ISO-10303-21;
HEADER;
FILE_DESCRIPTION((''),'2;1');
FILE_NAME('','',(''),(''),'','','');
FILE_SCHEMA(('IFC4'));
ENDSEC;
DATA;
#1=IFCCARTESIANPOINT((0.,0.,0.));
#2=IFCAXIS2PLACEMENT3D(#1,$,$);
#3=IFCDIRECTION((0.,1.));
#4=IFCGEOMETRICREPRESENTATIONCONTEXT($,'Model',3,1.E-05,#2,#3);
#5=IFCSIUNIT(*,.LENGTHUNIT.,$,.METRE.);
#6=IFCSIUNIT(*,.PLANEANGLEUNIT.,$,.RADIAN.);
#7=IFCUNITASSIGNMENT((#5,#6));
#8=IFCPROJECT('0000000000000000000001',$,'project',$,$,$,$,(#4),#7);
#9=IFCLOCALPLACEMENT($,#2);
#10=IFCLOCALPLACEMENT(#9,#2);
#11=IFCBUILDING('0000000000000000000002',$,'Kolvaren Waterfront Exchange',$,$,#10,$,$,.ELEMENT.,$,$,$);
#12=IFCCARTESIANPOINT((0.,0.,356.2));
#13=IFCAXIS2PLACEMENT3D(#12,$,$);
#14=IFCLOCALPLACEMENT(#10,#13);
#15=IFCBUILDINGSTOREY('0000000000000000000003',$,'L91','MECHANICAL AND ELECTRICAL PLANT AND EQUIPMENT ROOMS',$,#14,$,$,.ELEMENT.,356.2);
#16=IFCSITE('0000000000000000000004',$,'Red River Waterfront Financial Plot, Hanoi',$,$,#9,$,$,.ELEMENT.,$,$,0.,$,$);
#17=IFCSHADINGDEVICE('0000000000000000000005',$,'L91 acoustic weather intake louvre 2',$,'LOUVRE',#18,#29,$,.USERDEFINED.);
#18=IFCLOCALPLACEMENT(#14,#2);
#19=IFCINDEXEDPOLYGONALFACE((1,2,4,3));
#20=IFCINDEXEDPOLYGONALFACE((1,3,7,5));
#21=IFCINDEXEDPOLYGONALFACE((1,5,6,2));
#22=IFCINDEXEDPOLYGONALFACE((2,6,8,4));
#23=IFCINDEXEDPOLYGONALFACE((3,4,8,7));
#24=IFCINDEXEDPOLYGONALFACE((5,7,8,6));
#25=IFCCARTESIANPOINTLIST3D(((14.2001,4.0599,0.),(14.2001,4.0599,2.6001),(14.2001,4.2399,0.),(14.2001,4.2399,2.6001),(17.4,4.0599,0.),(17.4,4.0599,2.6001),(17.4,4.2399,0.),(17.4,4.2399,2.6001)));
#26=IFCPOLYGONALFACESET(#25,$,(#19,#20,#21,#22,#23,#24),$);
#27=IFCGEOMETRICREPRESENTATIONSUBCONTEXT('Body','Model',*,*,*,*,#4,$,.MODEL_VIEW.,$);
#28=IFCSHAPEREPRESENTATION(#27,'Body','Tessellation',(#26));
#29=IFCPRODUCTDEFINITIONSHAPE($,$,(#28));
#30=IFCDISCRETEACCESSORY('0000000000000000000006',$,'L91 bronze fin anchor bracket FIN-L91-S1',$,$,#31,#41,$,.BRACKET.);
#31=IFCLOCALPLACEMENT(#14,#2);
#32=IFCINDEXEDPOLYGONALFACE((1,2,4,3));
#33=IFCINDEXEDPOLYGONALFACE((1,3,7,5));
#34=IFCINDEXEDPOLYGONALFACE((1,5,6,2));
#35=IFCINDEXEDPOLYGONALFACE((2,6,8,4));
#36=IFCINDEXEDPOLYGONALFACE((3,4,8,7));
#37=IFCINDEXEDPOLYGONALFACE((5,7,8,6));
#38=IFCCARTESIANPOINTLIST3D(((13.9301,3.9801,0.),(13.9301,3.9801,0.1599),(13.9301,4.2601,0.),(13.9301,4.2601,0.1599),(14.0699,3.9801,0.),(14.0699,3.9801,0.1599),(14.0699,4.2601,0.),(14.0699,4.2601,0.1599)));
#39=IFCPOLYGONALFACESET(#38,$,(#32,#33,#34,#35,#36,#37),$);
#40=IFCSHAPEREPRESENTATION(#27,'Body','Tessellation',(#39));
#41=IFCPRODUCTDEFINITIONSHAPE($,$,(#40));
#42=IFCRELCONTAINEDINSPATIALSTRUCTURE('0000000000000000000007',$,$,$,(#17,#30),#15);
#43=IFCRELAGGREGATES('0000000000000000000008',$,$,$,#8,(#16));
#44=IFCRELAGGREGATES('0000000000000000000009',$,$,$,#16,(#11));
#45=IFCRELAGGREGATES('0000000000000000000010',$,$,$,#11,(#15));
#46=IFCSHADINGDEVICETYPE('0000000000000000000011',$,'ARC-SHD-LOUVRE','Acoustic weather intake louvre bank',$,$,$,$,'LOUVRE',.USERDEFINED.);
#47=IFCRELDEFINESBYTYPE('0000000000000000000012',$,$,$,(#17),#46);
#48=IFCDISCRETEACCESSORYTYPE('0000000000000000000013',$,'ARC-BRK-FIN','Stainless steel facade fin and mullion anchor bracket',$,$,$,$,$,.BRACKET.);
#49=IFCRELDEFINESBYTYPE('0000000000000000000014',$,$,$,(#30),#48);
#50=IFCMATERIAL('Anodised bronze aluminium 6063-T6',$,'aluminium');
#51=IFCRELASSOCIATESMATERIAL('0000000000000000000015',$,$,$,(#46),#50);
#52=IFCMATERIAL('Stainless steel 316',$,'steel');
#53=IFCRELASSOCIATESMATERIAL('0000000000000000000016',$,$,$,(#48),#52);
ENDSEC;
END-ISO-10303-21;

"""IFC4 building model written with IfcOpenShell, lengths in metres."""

from ifc_helpers import new_model, si_unit, direction, frame, origin, origin_with_axes, origin_2d, place, context, subcontext, project, spatial, rectangle, extrude, source, transform, mapped, material, type_object, element, save


model = new_model("IFC4")

# Units and contexts
model_context = context("Model", 3, precision=1e-05, world=origin(), true_north=direction((0.0, 1.0)))
body_context = subcontext(model_context, "Body", "Model", "MODEL_VIEW")
ifc_project = project(units=[si_unit("LENGTHUNIT", "METRE"), si_unit("PLANEANGLEUNIT", "RADIAN")], contexts=[model_context])

# Site, building, storey
site_placement = place(None, origin())
site = spatial("IfcSite", under=ifc_project, at=site_placement, Name="Red River Waterfront Financial Plot, Hanoi", CompositionType="ELEMENT", RefElevation=0.0)
building_placement = place(site_placement, origin())
building = spatial("IfcBuilding", under=site, at=building_placement, Name="Kolvaren Waterfront Exchange", CompositionType="ELEMENT")
storey_placement = place(building_placement, frame((0.0, 0.0, 356.2)))
storey = spatial("IfcBuildingStorey", under=building, at=storey_placement, Name="L91", Description="MECHANICAL AND ELECTRICAL PLANT AND EQUIPMENT ROOMS", CompositionType="ELEMENT", Elevation=356.2)

# Shared definitions
ifc_material_1 = material(Name="Anodised bronze aluminium 6063-T6", Category="aluminium")

# Shading device
shading_device_type_1 = type_object("IfcShadingDeviceType", Name="ARC-SHD-LOUVRE", Description="Acoustic weather intake louvre bank", ElementType="LOUVRE", PredefinedType="USERDEFINED", material=ifc_material_1)
shared_shape_1 = source(origin_with_axes(), body_context, "Body", "SweptSolid", [
    extrude(rectangle(XDim=3.2, YDim=0.1799, at=origin_2d()), origin(), (0.0, 0.0, 1.0), 2.6001),
])
for number, where, z_axis, x_axis, name in (
    (1, (15.8, 4.1499, 0.0), (0.0, 0.0, 1.0), (1.0, 0.0, 0.0), "L91 acoustic weather intake louvre 2"),
):
    element("IfcShadingDevice", number, at=place(storey_placement, frame(where, z_axis=z_axis, x_axis=x_axis)), inside=storey, type_object=shading_device_type_1, Name=name, ObjectType="LOUVRE", PredefinedType="USERDEFINED", context=body_context, shape_type="MappedRepresentation", body=[
        mapped(shared_shape_1, transform((0.0, 0.0, 0.0), x_axis=(1.0, 0.0, 0.0), y_axis=(0.0, 1.0, 0.0), z_axis=(0.0, 0.0, 1.0), scale=1.0)),
    ])

# Discrete accessory
ifc_material_2 = material(Name="Stainless steel 316", Category="steel")
discrete_accessory_type = type_object("IfcDiscreteAccessoryType", Name="ARC-BRK-FIN", Description="Stainless steel facade fin and mullion anchor bracket", PredefinedType="BRACKET", material=ifc_material_2)
shared_shape_2 = source(origin_with_axes(), body_context, "Body", "SweptSolid", [
    extrude(rectangle(XDim=0.28, YDim=0.1399, at=origin_2d()), origin(), (0.0, 0.0, 1.0), 0.1599),
])
discrete_accessory_placement = place(storey_placement, frame((14.0, 4.1201, 0.0), z_axis=(0.0, 0.0, 1.0), x_axis=(0.0, -1.0, 0.0)))
element("IfcDiscreteAccessory", 2, at=discrete_accessory_placement, inside=storey, type_object=discrete_accessory_type, Name="L91 bronze fin anchor bracket FIN-L91-S1", PredefinedType="BRACKET", context=body_context, shape_type="MappedRepresentation", body=[
    mapped(shared_shape_2, transform((0.0, 0.0, 0.0), x_axis=(1.0, 0.0, 0.0), y_axis=(0.0, 1.0, 0.0), z_axis=(0.0, 0.0, 1.0), scale=1.0)),
])

save(model, "model.ifc")
